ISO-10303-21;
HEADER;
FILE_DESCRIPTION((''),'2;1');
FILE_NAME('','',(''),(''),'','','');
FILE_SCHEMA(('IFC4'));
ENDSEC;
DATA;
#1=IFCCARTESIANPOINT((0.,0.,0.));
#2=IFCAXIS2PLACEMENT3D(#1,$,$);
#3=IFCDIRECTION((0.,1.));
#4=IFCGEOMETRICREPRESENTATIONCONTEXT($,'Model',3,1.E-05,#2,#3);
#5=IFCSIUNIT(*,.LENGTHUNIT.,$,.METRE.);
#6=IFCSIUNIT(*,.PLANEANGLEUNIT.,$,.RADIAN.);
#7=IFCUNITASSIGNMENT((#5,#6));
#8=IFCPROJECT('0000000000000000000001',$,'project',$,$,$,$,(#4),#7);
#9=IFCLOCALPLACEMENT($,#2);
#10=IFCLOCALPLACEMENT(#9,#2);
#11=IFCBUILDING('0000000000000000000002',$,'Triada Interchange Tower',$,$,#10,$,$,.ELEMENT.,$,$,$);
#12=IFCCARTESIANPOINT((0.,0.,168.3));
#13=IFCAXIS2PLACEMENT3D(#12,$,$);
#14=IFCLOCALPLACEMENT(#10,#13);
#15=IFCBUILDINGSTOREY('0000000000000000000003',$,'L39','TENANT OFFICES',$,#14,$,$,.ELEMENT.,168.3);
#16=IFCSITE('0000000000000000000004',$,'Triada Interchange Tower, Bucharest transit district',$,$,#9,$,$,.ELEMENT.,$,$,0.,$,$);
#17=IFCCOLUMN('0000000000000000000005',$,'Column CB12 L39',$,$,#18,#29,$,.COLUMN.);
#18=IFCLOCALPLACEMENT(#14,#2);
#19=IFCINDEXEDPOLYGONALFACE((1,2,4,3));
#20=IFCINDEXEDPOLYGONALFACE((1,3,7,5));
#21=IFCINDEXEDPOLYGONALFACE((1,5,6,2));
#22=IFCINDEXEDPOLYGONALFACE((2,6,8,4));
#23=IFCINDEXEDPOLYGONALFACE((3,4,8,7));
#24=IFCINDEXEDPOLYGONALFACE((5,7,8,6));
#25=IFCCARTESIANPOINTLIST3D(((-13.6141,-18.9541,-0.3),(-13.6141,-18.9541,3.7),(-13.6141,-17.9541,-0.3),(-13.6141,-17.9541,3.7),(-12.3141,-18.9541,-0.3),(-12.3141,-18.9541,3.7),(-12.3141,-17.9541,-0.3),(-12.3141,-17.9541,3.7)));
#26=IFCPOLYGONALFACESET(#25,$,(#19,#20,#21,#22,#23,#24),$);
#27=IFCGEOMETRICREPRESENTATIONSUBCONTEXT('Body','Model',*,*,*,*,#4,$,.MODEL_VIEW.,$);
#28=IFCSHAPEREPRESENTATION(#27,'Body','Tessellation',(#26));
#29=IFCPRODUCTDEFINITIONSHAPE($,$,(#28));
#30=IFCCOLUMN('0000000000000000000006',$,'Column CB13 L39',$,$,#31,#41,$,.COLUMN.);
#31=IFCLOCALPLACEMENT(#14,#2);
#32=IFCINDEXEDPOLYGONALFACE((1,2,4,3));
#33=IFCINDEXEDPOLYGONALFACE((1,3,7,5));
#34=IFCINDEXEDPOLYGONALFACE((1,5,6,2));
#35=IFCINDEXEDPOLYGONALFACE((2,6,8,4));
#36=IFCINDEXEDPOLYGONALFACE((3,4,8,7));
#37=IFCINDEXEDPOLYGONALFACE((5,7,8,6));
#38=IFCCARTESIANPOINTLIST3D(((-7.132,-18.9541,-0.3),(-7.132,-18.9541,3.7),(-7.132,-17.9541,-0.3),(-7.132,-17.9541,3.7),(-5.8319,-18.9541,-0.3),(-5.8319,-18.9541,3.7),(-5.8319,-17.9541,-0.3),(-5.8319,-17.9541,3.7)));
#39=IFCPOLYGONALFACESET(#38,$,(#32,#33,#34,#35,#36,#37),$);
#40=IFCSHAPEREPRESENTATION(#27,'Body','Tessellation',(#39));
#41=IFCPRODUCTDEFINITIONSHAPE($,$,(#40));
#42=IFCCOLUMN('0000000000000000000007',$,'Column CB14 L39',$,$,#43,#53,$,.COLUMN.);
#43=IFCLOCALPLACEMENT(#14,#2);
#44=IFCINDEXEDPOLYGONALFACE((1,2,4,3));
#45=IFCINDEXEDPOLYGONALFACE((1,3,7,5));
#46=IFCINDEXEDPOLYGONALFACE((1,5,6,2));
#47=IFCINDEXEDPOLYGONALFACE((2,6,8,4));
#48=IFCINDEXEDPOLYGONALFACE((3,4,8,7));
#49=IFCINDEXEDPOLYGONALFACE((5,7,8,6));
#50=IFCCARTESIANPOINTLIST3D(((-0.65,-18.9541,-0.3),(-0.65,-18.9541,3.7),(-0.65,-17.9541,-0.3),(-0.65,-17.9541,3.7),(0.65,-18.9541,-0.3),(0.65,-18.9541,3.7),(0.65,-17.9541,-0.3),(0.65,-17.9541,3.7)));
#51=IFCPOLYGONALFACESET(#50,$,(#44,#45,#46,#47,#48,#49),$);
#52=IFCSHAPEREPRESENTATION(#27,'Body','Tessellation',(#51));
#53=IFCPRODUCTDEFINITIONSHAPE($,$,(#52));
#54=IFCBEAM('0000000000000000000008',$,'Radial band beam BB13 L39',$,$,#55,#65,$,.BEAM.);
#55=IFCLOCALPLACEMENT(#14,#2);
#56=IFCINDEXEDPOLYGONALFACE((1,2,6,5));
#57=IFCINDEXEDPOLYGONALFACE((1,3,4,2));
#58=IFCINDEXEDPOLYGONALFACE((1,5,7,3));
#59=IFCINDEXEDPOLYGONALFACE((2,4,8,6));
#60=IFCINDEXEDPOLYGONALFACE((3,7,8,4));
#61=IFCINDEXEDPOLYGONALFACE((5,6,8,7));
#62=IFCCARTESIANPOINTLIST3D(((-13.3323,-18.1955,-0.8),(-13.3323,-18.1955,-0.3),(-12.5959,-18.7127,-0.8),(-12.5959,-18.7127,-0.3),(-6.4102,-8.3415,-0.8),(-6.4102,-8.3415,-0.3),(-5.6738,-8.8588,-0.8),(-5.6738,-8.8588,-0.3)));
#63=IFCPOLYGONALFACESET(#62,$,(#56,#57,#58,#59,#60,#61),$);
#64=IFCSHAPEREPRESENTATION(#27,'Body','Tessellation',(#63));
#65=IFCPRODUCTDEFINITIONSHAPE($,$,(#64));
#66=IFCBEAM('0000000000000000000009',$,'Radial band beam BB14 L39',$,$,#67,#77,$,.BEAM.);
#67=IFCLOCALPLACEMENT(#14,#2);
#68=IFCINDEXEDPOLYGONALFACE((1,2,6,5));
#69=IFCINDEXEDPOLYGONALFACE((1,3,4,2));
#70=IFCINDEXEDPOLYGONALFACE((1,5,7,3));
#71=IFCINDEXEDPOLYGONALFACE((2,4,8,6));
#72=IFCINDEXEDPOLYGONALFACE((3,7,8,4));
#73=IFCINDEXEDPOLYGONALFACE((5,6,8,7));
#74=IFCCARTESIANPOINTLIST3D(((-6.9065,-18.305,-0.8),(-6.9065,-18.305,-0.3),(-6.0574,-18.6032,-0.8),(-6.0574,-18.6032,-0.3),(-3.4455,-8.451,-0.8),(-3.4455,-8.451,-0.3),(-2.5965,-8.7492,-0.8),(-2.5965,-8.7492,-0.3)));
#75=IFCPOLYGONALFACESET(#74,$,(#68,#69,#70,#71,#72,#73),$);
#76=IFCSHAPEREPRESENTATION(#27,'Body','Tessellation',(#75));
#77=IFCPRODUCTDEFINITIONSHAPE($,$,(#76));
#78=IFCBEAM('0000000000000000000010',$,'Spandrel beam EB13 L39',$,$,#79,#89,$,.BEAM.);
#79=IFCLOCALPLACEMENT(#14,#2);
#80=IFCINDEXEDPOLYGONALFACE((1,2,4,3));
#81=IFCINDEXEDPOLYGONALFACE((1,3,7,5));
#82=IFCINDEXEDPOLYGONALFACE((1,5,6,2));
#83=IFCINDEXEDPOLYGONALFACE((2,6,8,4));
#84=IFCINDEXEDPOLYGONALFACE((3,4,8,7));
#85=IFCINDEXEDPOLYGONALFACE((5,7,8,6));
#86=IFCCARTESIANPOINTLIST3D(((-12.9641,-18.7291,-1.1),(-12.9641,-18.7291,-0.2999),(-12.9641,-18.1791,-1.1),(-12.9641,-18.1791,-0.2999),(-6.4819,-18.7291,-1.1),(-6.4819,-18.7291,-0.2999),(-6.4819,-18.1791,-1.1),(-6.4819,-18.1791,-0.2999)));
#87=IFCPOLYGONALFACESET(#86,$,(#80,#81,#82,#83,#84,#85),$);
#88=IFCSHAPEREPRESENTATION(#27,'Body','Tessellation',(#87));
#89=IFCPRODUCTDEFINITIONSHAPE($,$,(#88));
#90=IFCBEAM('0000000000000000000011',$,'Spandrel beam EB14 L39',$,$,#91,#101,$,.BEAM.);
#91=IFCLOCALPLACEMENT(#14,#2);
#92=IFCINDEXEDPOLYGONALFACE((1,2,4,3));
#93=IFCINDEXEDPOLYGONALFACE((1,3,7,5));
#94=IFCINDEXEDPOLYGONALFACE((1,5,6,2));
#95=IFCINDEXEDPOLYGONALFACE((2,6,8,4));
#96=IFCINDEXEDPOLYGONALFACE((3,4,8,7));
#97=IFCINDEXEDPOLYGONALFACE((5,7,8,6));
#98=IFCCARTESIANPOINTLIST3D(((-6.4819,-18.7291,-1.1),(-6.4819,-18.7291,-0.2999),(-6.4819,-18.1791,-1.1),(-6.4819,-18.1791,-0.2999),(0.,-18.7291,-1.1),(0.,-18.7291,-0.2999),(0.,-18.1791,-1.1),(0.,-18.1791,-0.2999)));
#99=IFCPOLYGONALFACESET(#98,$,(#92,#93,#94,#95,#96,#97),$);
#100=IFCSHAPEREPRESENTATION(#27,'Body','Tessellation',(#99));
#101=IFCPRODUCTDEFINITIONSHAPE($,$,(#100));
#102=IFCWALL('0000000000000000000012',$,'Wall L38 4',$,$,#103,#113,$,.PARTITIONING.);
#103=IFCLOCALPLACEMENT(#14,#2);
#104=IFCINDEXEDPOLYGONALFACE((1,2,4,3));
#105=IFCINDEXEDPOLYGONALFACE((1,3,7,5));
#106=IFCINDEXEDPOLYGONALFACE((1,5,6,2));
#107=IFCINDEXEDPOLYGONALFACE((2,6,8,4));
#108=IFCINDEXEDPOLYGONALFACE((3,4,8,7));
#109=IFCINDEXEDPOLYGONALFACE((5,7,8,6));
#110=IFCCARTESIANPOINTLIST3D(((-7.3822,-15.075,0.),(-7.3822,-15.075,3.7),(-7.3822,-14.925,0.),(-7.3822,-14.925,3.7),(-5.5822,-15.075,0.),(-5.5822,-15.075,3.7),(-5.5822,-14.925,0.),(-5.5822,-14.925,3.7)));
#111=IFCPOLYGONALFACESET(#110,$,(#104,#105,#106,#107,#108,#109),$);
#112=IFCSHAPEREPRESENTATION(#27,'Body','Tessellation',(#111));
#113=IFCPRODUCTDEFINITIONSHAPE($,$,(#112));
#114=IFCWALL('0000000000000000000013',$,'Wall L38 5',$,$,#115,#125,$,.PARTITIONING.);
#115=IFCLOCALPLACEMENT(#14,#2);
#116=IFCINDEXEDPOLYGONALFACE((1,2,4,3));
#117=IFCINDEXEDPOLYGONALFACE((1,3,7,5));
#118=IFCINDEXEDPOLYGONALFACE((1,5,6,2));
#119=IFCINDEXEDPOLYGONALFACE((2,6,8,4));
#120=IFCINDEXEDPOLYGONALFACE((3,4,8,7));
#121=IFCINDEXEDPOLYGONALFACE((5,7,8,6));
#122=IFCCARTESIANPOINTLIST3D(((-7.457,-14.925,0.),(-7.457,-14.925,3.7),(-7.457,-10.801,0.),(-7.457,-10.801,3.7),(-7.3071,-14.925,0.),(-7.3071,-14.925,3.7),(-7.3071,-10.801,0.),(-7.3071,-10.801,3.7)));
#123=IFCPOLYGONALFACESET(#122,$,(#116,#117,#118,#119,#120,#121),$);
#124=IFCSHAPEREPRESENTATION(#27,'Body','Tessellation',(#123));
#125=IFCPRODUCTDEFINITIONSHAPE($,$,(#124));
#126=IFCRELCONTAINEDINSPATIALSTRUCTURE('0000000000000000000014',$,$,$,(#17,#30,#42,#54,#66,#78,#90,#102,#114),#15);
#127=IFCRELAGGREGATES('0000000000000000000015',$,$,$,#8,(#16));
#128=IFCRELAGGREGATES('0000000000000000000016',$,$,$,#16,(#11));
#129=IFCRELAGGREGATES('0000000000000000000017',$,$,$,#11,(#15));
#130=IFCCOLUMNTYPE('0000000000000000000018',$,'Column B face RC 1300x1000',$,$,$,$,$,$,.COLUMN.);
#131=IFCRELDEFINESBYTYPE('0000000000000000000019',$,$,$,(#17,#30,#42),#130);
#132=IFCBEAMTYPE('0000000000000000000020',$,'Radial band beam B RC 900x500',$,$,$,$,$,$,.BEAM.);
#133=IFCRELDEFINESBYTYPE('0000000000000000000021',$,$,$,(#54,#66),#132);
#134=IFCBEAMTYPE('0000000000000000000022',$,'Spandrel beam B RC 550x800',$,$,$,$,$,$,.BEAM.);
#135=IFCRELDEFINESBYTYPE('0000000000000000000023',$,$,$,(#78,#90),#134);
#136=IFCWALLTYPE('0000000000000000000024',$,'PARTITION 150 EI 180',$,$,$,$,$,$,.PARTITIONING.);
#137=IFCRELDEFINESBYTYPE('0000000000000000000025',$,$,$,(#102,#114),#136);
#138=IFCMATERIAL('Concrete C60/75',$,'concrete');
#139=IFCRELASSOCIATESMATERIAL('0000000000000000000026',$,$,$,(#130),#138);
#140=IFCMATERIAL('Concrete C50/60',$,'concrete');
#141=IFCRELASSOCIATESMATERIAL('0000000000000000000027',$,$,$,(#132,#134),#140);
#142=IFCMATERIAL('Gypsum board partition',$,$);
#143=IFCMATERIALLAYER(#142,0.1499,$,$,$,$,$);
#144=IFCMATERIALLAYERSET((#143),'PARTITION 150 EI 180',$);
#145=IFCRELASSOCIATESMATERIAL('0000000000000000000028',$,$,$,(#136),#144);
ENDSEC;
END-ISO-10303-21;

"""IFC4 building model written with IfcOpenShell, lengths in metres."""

from ifc_helpers import new_model, si_unit, direction, frame, frame_2d, origin, origin_2d, place, context, subcontext, project, spatial, rectangle, extrude, material, layer, layer_set, material_profile, profile_set, type_object, element, save


model = new_model("IFC4")

# Units and contexts
model_context = context("Model", 3, precision=1e-05, world=origin(), true_north=direction((0.0, 1.0)))
body_context = subcontext(model_context, "Body", "Model", "MODEL_VIEW")
ifc_project = project(units=[si_unit("LENGTHUNIT", "METRE"), si_unit("PLANEANGLEUNIT", "RADIAN")], contexts=[model_context])

# Site, building, storey
site_placement = place(None, origin())
site = spatial("IfcSite", under=ifc_project, at=site_placement, Name="Triada Interchange Tower, Bucharest transit district", CompositionType="ELEMENT", RefElevation=0.0)
building_placement = place(site_placement, origin())
building = spatial("IfcBuilding", under=site, at=building_placement, Name="Triada Interchange Tower", CompositionType="ELEMENT")
storey_placement = place(building_placement, frame((0.0, 0.0, 168.3)))
storey = spatial("IfcBuildingStorey", under=building, at=storey_placement, Name="L39", Description="TENANT OFFICES", CompositionType="ELEMENT", Elevation=168.3)

# Columns
ifc_material_1 = material(Name="Concrete C60/75", Category="concrete")
ifc_material_profile_1 = material_profile(ifc_material_1, rectangle(XDim=1.3, YDim=1.0, at=origin_2d()), Name="RC 1300x1000")
ifc_profile_set_1 = profile_set([ifc_material_profile_1], Name="Concrete C60/75")
column_type = type_object("IfcColumnType", Name="Column B face RC 1300x1000", PredefinedType="COLUMN", material=ifc_profile_set_1)
for number, where, z_axis, x_axis, name in (
    (1, (-12.9641, -18.4541, -0.3), (0.0, 0.0, 1.0), (1.0, 0.0, 0.0), "Column CB12 L39"),
    (2, (-6.4819, -18.4541, -0.3), (0.0, 0.0, 1.0), (1.0, 0.0, 0.0), "Column CB13 L39"),
    (3, (0.0, -18.4541, -0.3), (0.0, 0.0, 1.0), (1.0, 0.0, 0.0), "Column CB14 L39"),
):
    element("IfcColumn", number, at=place(storey_placement, frame(where, z_axis=z_axis, x_axis=x_axis)), inside=storey, type_object=column_type, Name=name, PredefinedType="COLUMN", context=body_context, shape_type="SweptSolid", body=[
        extrude(rectangle(XDim=1.3, YDim=1.0, at=origin_2d()), origin(), (0.0, 0.0, 1.0), 4.0),
    ])

# Beams
ifc_material_2 = material(Name="Concrete C50/60", Category="concrete")
ifc_material_profile_2 = material_profile(ifc_material_2, rectangle(XDim=0.8999, YDim=0.5, at=origin_2d()), Name="RC 900x500")
ifc_profile_set_2 = profile_set([ifc_material_profile_2], Name="Concrete C50/60")
beam_type_1 = type_object("IfcBeamType", Name="Radial band beam B RC 900x500", PredefinedType="BEAM", material=ifc_profile_set_2)
beam_1_placement = place(storey_placement, frame((-12.9641, -18.4541, -0.55), z_axis=(0.574817, 0.818282, 0.0), x_axis=(-0.818282, 0.574817, 0.0)))
element("IfcBeam", 4, at=beam_1_placement, inside=storey, type_object=beam_type_1, Name="Radial band beam BB13 L39", PredefinedType="BEAM", context=body_context, shape_type="SweptSolid", body=[
    extrude(rectangle(XDim=0.8999, YDim=0.5, at=origin_2d()), origin(), (0.0, 0.0, 1.0), 12.0422),
])
beam_2_placement = place(storey_placement, frame((-6.4819, -18.4541, -0.55), z_axis=(0.331377, 0.943498, 0.0), x_axis=(-0.943498, 0.331377, 0.0)))
element("IfcBeam", 5, at=beam_2_placement, inside=storey, type_object=beam_type_1, Name="Radial band beam BB14 L39", PredefinedType="BEAM", context=body_context, shape_type="SweptSolid", body=[
    extrude(rectangle(XDim=0.8999, YDim=0.5, at=origin_2d()), origin(), (0.0, 0.0, 1.0), 10.4441),
])
ifc_material_profile_3 = material_profile(ifc_material_2, rectangle(XDim=0.55, YDim=0.8, at=origin_2d()), Name="RC 550x800")
ifc_profile_set_3 = profile_set([ifc_material_profile_3], Name="Concrete C50/60")
beam_type_2 = type_object("IfcBeamType", Name="Spandrel beam B RC 550x800", PredefinedType="BEAM", material=ifc_profile_set_3)
beam_3_placement = place(storey_placement, frame((-12.9641, -18.4541, -0.7), z_axis=(1.0, 0.0, 0.0), x_axis=(0.0, 1.0, 0.0)))
element("IfcBeam", 6, at=beam_3_placement, inside=storey, type_object=beam_type_2, Name="Spandrel beam EB13 L39", PredefinedType="BEAM", context=body_context, shape_type="SweptSolid", body=[
    extrude(rectangle(XDim=0.55, YDim=0.8, at=origin_2d()), origin(), (0.0, 0.0, 1.0), 6.4822),
])
beam_4_placement = place(storey_placement, frame((-6.4819, -18.4541, -0.7), z_axis=(1.0, 0.0, 0.0), x_axis=(0.0, 1.0, 0.0)))
element("IfcBeam", 7, at=beam_4_placement, inside=storey, type_object=beam_type_2, Name="Spandrel beam EB14 L39", PredefinedType="BEAM", context=body_context, shape_type="SweptSolid", body=[
    extrude(rectangle(XDim=0.55, YDim=0.8, at=origin_2d()), origin(), (0.0, 0.0, 1.0), 6.4819),
])

# Walls
ifc_material_3 = material(Name="Gypsum board partition")
ifc_layer_1 = layer(ifc_material_3, 0.1499)
ifc_layer_set_1 = layer_set([ifc_layer_1], Name="PARTITION 150 EI 180")
wall_type = type_object("IfcWallType", Name="PARTITION 150 EI 180", PredefinedType="PARTITIONING", material=ifc_layer_set_1)
wall_1_placement = place(storey_placement, frame((-7.3821, -15.0, 0.0), z_axis=(0.0, 0.0, 1.0), x_axis=(1.0, 0.0, 0.0)))
element("IfcWall", 8, at=wall_1_placement, inside=storey, type_object=wall_type, Name="Wall L38 4", PredefinedType="PARTITIONING", context=body_context, shape_type="SweptSolid", body=[
    extrude(rectangle(XDim=1.8, YDim=0.1499, at=frame_2d((0.8999, 0.0))), origin(), (0.0, 0.0, 1.0), 3.7),
])
wall_2_placement = place(storey_placement, frame((-7.3821, -14.925, 0.0), z_axis=(0.0, 0.0, 1.0), x_axis=(0.0, 1.0, 0.0)))
element("IfcWall", 9, at=wall_2_placement, inside=storey, type_object=wall_type, Name="Wall L38 5", PredefinedType="PARTITIONING", context=body_context, shape_type="SweptSolid", body=[
    extrude(rectangle(XDim=4.124, YDim=0.1499, at=frame_2d((2.062, 0.0))), origin(), (0.0, 0.0, 1.0), 3.7),
])

save(model, "model.ifc")
